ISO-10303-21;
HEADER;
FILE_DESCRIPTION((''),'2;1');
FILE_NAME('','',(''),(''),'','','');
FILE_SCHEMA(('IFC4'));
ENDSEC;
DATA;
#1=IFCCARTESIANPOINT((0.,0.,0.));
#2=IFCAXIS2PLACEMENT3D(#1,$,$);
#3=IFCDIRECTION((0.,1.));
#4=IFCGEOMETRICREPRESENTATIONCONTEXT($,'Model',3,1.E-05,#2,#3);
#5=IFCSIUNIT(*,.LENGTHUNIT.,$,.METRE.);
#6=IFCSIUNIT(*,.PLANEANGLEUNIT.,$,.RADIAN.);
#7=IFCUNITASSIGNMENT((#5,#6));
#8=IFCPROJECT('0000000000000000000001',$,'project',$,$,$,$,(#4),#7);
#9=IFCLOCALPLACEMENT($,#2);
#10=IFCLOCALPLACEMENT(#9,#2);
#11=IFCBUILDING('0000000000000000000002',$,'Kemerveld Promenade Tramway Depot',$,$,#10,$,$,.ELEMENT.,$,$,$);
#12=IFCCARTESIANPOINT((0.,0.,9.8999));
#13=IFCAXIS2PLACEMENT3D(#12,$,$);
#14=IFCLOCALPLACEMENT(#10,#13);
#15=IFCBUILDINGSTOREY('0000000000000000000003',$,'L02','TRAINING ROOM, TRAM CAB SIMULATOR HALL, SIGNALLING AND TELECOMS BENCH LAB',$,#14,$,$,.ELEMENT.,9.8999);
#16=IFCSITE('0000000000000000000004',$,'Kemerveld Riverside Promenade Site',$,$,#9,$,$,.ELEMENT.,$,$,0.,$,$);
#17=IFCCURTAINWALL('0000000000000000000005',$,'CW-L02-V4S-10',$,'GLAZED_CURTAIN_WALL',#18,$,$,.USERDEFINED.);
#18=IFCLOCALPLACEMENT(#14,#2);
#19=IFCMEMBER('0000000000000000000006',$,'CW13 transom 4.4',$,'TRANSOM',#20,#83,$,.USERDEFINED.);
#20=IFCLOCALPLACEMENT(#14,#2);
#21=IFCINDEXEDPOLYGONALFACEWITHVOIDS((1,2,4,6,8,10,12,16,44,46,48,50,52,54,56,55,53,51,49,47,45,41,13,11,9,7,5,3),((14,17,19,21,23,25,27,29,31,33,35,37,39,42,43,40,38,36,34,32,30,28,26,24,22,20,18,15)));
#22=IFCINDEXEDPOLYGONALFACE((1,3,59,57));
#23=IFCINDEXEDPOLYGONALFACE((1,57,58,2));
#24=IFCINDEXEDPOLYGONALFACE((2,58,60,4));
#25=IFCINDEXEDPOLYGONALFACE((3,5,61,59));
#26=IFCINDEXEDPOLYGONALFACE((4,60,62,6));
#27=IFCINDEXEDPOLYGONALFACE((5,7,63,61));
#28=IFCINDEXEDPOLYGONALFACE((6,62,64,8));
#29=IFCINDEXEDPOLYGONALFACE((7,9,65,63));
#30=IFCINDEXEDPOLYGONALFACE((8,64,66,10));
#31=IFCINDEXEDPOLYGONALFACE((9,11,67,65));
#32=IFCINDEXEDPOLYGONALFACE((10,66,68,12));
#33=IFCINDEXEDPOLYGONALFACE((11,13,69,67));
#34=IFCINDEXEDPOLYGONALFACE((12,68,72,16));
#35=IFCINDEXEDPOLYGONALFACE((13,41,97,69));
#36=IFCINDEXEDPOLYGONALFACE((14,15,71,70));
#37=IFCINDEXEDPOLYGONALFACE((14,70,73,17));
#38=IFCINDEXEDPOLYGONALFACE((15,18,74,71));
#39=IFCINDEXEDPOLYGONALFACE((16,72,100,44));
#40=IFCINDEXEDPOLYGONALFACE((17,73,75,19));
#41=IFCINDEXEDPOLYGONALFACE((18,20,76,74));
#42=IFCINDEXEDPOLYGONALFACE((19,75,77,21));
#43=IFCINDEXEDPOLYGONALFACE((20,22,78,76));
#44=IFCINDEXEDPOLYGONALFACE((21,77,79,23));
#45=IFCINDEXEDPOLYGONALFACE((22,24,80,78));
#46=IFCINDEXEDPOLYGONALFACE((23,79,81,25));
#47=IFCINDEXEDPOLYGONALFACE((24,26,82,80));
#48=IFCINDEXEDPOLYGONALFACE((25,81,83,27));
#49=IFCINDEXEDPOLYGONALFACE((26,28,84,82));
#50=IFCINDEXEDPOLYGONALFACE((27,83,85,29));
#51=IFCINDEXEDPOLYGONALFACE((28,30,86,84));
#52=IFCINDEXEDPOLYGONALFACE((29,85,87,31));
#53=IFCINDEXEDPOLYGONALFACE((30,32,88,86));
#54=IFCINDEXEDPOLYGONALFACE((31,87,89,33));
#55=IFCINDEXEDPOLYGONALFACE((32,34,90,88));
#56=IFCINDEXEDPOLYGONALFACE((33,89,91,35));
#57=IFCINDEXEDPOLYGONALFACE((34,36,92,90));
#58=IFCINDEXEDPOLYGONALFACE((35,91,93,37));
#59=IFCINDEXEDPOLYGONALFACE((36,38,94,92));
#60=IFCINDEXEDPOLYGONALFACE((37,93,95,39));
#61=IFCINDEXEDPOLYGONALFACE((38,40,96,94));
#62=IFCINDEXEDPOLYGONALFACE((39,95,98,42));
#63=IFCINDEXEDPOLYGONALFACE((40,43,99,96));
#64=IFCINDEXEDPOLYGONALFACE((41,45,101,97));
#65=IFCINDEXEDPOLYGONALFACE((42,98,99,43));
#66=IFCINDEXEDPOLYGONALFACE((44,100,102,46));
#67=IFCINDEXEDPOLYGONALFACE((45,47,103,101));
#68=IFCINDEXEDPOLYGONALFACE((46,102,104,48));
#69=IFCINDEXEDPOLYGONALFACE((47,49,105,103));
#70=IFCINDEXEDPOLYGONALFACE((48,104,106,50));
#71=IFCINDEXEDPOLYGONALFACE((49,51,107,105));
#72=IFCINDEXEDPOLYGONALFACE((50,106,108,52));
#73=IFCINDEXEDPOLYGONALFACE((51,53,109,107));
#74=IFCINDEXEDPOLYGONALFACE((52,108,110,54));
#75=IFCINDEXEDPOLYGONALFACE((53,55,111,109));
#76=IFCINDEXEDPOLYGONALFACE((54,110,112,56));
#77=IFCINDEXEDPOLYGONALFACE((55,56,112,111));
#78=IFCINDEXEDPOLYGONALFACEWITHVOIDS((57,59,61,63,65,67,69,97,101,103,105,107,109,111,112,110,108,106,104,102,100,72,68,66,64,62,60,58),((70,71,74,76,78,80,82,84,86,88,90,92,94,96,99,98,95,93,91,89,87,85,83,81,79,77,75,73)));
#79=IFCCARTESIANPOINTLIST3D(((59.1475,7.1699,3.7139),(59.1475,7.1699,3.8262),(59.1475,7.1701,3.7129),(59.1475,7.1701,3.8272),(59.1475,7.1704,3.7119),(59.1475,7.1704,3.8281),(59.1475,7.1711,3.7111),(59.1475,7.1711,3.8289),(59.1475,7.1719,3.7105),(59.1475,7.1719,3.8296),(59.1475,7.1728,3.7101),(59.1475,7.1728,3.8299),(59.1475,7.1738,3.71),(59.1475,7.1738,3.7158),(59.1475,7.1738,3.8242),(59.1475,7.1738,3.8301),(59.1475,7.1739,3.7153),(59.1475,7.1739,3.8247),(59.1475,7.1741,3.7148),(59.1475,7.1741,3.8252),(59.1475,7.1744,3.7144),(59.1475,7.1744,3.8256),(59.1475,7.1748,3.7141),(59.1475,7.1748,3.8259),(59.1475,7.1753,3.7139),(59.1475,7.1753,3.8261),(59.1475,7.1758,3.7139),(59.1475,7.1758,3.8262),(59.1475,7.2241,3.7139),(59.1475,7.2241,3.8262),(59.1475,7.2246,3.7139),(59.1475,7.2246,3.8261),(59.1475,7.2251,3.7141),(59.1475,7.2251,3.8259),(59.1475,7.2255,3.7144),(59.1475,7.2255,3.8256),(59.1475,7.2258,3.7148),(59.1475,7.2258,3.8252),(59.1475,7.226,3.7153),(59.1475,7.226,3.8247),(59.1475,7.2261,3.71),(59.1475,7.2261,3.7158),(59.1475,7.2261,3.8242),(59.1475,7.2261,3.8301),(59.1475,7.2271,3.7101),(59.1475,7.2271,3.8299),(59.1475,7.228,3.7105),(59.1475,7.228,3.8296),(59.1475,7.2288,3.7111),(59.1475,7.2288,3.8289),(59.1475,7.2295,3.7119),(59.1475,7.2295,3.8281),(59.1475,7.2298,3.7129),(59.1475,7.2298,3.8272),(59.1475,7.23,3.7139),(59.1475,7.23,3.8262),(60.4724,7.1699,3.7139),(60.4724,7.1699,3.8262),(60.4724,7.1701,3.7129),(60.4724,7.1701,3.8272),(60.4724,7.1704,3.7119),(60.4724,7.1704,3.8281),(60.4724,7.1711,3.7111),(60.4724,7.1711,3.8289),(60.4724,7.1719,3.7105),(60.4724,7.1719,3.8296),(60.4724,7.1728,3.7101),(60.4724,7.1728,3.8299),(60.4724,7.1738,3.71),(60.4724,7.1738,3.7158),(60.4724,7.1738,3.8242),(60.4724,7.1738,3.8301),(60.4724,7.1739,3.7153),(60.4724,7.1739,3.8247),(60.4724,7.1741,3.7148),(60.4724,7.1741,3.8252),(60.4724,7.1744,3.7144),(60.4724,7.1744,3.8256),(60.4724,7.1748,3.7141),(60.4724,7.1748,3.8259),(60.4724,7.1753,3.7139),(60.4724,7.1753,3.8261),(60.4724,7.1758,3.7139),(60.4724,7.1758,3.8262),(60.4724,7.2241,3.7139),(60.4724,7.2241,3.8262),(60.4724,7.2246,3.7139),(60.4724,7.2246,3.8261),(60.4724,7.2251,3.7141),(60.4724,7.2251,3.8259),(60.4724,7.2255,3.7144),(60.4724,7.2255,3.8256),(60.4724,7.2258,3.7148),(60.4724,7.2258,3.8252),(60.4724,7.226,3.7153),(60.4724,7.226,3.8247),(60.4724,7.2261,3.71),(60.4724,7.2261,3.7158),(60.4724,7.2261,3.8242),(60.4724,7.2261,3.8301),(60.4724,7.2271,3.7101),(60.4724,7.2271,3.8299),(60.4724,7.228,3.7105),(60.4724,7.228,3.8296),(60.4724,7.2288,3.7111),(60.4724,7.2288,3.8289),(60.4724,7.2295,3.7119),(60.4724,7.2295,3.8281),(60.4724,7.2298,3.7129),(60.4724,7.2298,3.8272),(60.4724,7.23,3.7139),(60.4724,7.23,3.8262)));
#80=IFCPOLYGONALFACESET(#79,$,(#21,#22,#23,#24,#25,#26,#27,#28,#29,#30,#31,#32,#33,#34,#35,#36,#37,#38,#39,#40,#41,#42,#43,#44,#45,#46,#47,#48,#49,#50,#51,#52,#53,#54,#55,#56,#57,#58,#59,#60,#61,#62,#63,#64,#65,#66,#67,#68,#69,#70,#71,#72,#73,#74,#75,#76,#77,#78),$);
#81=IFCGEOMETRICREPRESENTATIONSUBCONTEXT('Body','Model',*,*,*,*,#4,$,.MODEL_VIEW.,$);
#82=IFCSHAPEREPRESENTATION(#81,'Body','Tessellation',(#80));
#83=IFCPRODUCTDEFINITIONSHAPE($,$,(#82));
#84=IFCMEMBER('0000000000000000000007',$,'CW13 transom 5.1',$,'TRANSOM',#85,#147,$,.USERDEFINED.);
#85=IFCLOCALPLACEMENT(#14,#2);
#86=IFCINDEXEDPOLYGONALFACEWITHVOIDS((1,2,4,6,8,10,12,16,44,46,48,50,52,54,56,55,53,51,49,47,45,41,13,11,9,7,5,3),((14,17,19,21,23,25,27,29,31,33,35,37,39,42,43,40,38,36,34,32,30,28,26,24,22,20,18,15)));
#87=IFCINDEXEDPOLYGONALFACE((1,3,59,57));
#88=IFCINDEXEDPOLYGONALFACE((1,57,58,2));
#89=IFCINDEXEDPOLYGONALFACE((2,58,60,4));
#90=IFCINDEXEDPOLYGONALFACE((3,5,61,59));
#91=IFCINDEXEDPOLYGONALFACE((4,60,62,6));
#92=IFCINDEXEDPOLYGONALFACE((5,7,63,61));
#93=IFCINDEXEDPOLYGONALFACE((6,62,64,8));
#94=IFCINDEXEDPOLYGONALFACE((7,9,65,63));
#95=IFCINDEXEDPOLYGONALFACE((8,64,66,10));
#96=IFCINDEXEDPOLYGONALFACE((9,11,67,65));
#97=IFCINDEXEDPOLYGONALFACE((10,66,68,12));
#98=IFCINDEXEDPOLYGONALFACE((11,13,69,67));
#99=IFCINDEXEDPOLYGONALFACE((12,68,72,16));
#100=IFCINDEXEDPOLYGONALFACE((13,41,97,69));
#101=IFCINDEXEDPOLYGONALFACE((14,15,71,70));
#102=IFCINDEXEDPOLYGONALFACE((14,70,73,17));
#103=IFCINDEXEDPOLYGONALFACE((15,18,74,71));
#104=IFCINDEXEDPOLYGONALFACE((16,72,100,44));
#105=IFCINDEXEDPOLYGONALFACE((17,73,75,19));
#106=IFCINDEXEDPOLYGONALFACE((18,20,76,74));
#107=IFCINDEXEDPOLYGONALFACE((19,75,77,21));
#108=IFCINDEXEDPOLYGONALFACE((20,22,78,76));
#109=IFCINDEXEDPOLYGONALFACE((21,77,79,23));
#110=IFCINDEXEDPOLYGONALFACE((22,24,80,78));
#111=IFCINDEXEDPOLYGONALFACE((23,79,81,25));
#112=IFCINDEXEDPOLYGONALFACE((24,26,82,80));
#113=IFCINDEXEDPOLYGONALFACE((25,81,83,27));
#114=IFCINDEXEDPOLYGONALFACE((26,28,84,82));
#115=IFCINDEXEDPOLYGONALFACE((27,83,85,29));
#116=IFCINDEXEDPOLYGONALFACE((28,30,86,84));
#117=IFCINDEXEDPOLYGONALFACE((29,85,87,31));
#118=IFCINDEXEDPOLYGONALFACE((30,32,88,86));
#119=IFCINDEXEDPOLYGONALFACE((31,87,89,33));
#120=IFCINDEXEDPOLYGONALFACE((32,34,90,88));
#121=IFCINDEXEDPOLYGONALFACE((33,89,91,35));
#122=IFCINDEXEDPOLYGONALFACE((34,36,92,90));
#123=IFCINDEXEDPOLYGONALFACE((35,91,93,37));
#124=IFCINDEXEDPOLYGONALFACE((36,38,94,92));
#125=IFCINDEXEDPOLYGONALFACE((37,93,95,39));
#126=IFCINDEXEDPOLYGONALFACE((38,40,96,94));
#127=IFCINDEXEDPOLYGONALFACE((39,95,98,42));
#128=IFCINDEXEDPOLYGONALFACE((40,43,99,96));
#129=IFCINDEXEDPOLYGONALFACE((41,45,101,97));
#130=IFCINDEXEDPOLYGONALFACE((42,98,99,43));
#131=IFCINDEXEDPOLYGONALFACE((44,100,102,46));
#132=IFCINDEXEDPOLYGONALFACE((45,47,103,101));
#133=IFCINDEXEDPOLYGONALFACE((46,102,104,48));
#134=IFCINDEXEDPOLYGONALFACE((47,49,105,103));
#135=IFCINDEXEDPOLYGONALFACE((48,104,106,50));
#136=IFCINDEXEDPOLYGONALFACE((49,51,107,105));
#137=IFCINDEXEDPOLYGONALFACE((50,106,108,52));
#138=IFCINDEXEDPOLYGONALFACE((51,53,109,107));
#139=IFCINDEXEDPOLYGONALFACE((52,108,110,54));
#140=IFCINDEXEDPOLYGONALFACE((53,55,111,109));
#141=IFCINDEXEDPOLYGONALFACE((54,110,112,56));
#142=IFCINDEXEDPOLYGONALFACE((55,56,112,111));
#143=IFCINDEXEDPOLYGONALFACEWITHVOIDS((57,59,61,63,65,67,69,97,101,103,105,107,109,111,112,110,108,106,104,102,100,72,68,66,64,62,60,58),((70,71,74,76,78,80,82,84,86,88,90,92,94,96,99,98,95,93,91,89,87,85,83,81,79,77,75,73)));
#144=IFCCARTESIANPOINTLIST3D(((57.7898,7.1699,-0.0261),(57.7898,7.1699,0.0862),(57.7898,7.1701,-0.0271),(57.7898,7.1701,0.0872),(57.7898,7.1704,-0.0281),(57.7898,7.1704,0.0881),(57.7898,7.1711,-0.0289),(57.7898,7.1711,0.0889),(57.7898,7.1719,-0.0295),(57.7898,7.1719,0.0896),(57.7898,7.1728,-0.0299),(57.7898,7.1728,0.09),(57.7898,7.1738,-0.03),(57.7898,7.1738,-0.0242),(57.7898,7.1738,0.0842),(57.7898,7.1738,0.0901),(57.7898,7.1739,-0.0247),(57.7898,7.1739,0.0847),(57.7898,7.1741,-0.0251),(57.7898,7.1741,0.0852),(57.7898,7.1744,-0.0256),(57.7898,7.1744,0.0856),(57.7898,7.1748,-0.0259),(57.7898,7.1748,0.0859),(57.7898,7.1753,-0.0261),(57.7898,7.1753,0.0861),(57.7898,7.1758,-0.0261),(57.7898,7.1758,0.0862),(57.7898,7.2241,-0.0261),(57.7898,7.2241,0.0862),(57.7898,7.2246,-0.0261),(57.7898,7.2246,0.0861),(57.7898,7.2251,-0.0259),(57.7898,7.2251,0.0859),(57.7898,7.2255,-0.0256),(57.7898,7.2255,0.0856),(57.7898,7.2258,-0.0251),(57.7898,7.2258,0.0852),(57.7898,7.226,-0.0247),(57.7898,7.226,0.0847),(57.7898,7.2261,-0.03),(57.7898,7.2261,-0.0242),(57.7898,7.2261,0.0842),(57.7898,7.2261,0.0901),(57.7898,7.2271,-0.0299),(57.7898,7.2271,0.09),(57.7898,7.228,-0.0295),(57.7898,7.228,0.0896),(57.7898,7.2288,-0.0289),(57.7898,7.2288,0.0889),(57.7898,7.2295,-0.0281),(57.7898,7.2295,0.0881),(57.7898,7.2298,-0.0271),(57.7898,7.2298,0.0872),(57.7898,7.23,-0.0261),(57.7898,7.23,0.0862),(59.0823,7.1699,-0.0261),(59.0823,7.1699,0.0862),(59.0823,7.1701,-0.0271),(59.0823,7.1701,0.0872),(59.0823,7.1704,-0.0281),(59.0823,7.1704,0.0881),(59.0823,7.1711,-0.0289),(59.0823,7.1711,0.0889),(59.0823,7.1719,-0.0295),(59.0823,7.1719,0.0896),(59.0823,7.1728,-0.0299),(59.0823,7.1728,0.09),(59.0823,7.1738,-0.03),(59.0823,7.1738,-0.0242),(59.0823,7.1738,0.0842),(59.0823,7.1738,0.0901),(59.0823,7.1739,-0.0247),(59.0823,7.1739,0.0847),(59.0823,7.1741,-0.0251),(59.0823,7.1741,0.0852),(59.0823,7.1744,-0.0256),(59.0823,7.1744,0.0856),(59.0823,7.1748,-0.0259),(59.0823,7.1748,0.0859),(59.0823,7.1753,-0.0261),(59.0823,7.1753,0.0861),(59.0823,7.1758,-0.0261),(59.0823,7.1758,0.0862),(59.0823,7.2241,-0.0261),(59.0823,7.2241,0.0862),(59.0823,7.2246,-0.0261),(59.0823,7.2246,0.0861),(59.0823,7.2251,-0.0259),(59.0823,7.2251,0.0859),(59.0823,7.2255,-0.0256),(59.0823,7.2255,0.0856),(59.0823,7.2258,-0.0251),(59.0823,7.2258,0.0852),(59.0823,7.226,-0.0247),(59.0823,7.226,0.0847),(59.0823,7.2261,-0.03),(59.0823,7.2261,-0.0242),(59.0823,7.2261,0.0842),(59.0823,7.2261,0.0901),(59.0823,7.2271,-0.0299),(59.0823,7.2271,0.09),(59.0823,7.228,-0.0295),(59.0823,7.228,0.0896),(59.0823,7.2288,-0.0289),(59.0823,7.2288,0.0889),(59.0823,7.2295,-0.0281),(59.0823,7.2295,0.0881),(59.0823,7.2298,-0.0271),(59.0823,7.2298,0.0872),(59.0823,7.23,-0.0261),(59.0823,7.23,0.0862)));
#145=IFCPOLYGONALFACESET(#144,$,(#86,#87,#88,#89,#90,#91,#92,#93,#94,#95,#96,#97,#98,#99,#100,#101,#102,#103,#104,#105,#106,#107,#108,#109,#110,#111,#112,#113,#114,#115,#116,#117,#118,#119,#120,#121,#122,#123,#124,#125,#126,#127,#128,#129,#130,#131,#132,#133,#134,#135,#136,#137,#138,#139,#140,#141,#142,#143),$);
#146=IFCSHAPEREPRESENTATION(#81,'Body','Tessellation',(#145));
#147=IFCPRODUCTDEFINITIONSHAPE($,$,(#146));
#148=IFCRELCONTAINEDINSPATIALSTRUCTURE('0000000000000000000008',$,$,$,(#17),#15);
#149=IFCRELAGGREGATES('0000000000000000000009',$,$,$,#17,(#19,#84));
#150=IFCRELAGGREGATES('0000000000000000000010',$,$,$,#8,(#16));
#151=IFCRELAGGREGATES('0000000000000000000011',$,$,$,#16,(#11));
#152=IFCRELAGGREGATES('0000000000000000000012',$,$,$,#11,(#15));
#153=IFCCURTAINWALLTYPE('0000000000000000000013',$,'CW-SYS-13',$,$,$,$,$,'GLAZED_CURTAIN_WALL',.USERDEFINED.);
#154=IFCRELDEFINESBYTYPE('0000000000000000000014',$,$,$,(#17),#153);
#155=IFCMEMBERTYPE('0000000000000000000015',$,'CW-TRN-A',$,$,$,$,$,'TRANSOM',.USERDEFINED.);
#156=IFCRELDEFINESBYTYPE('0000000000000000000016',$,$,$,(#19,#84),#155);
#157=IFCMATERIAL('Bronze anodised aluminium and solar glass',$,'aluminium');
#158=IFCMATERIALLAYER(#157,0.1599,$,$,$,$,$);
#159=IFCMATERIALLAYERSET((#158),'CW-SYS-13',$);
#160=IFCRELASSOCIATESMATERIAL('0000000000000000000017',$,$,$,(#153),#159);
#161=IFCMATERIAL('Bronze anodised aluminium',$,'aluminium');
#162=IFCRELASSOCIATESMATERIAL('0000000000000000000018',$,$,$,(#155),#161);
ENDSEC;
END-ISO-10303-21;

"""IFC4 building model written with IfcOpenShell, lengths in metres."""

from ifc_helpers import new_model, si_unit, direction, frame, origin, origin_2d, place, context, subcontext, project, spatial, hollow_rectangle, extrude, material, layer, layer_set, material_profile, profile_set, type_object, element, aggregate, save


model = new_model("IFC4")

# Units and contexts
model_context = context("Model", 3, precision=1e-05, world=origin(), true_north=direction((0.0, 1.0)))
body_context = subcontext(model_context, "Body", "Model", "MODEL_VIEW")
ifc_project = project(units=[si_unit("LENGTHUNIT", "METRE"), si_unit("PLANEANGLEUNIT", "RADIAN")], contexts=[model_context])

# Site, building, storey
site_placement = place(None, origin())
site = spatial("IfcSite", under=ifc_project, at=site_placement, Name="Kemerveld Riverside Promenade Site", CompositionType="ELEMENT", RefElevation=0.0)
building_placement = place(site_placement, origin())
building = spatial("IfcBuilding", under=site, at=building_placement, Name="Kemerveld Promenade Tramway Depot", CompositionType="ELEMENT")
storey_placement = place(building_placement, frame((0.0, 0.0, 9.8999)))
storey = spatial("IfcBuildingStorey", under=building, at=storey_placement, Name="L02", Description="TRAINING ROOM, TRAM CAB SIMULATOR HALL, SIGNALLING AND TELECOMS BENCH LAB", CompositionType="ELEMENT", Elevation=9.8999)

# Curtain wall
ifc_material_1 = material(Name="Bronze anodised aluminium and solar glass", Category="aluminium")
ifc_layer_1 = layer(ifc_material_1, 0.1599)
ifc_layer_set_1 = layer_set([ifc_layer_1], Name="CW-SYS-13")
curtain_wall_type_1 = type_object("IfcCurtainWallType", Name="CW-SYS-13", ElementType="GLAZED_CURTAIN_WALL", PredefinedType="USERDEFINED", material=ifc_layer_set_1)
curtain_wall_1_placement = place(storey_placement, origin())
curtain_wall_1 = element("IfcCurtainWall", 1, at=curtain_wall_1_placement, inside=storey, type_object=curtain_wall_type_1, Name="CW-L02-V4S-10", ObjectType="GLAZED_CURTAIN_WALL", PredefinedType="USERDEFINED")
ifc_material_2 = material(Name="Bronze anodised aluminium", Category="aluminium")

# Members
ifc_material_profile_1 = material_profile(ifc_material_2, hollow_rectangle(XDim=0.0601, YDim=0.1201, WallThickness=0.0039, InnerFilletRadius=0.002, OuterFilletRadius=0.0039, at=origin_2d()), Name="CW-TRN-120x60")
ifc_profile_set_1 = profile_set([ifc_material_profile_1], Name="Bronze anodised aluminium")
member_type_1 = type_object("IfcMemberType", Name="CW-TRN-A", ElementType="TRANSOM", PredefinedType="USERDEFINED", material=ifc_profile_set_1)
member_1_placement = place(storey_placement, frame((60.4724, 7.2, 3.77), z_axis=(-1.0, 0.0, 0.0), x_axis=(0.0, -1.0, 0.0)))
member_1 = element("IfcMember", 2, at=member_1_placement, type_object=member_type_1, Name="CW13 transom 4.4", ObjectType="TRANSOM", PredefinedType="USERDEFINED", context=body_context, shape_type="SweptSolid", body=[
    extrude(hollow_rectangle(XDim=0.0601, YDim=0.1201, WallThickness=0.0039, InnerFilletRadius=0.002, OuterFilletRadius=0.0039, at=origin_2d()), origin(), (0.0, 0.0, 1.0), 1.325),
])
member_2_placement = place(storey_placement, frame((59.0823, 7.2, 0.03), z_axis=(-1.0, 0.0, 0.0), x_axis=(0.0, -1.0, 0.0)))
member_2 = element("IfcMember", 3, at=member_2_placement, type_object=member_type_1, Name="CW13 transom 5.1", ObjectType="TRANSOM", PredefinedType="USERDEFINED", context=body_context, shape_type="SweptSolid", body=[
    extrude(hollow_rectangle(XDim=0.0601, YDim=0.1201, WallThickness=0.0039, InnerFilletRadius=0.002, OuterFilletRadius=0.0039, at=origin_2d()), origin(), (0.0, 0.0, 1.0), 1.2925),
])

aggregate(curtain_wall_1, [member_1, member_2])

save(model, "model.ifc")
